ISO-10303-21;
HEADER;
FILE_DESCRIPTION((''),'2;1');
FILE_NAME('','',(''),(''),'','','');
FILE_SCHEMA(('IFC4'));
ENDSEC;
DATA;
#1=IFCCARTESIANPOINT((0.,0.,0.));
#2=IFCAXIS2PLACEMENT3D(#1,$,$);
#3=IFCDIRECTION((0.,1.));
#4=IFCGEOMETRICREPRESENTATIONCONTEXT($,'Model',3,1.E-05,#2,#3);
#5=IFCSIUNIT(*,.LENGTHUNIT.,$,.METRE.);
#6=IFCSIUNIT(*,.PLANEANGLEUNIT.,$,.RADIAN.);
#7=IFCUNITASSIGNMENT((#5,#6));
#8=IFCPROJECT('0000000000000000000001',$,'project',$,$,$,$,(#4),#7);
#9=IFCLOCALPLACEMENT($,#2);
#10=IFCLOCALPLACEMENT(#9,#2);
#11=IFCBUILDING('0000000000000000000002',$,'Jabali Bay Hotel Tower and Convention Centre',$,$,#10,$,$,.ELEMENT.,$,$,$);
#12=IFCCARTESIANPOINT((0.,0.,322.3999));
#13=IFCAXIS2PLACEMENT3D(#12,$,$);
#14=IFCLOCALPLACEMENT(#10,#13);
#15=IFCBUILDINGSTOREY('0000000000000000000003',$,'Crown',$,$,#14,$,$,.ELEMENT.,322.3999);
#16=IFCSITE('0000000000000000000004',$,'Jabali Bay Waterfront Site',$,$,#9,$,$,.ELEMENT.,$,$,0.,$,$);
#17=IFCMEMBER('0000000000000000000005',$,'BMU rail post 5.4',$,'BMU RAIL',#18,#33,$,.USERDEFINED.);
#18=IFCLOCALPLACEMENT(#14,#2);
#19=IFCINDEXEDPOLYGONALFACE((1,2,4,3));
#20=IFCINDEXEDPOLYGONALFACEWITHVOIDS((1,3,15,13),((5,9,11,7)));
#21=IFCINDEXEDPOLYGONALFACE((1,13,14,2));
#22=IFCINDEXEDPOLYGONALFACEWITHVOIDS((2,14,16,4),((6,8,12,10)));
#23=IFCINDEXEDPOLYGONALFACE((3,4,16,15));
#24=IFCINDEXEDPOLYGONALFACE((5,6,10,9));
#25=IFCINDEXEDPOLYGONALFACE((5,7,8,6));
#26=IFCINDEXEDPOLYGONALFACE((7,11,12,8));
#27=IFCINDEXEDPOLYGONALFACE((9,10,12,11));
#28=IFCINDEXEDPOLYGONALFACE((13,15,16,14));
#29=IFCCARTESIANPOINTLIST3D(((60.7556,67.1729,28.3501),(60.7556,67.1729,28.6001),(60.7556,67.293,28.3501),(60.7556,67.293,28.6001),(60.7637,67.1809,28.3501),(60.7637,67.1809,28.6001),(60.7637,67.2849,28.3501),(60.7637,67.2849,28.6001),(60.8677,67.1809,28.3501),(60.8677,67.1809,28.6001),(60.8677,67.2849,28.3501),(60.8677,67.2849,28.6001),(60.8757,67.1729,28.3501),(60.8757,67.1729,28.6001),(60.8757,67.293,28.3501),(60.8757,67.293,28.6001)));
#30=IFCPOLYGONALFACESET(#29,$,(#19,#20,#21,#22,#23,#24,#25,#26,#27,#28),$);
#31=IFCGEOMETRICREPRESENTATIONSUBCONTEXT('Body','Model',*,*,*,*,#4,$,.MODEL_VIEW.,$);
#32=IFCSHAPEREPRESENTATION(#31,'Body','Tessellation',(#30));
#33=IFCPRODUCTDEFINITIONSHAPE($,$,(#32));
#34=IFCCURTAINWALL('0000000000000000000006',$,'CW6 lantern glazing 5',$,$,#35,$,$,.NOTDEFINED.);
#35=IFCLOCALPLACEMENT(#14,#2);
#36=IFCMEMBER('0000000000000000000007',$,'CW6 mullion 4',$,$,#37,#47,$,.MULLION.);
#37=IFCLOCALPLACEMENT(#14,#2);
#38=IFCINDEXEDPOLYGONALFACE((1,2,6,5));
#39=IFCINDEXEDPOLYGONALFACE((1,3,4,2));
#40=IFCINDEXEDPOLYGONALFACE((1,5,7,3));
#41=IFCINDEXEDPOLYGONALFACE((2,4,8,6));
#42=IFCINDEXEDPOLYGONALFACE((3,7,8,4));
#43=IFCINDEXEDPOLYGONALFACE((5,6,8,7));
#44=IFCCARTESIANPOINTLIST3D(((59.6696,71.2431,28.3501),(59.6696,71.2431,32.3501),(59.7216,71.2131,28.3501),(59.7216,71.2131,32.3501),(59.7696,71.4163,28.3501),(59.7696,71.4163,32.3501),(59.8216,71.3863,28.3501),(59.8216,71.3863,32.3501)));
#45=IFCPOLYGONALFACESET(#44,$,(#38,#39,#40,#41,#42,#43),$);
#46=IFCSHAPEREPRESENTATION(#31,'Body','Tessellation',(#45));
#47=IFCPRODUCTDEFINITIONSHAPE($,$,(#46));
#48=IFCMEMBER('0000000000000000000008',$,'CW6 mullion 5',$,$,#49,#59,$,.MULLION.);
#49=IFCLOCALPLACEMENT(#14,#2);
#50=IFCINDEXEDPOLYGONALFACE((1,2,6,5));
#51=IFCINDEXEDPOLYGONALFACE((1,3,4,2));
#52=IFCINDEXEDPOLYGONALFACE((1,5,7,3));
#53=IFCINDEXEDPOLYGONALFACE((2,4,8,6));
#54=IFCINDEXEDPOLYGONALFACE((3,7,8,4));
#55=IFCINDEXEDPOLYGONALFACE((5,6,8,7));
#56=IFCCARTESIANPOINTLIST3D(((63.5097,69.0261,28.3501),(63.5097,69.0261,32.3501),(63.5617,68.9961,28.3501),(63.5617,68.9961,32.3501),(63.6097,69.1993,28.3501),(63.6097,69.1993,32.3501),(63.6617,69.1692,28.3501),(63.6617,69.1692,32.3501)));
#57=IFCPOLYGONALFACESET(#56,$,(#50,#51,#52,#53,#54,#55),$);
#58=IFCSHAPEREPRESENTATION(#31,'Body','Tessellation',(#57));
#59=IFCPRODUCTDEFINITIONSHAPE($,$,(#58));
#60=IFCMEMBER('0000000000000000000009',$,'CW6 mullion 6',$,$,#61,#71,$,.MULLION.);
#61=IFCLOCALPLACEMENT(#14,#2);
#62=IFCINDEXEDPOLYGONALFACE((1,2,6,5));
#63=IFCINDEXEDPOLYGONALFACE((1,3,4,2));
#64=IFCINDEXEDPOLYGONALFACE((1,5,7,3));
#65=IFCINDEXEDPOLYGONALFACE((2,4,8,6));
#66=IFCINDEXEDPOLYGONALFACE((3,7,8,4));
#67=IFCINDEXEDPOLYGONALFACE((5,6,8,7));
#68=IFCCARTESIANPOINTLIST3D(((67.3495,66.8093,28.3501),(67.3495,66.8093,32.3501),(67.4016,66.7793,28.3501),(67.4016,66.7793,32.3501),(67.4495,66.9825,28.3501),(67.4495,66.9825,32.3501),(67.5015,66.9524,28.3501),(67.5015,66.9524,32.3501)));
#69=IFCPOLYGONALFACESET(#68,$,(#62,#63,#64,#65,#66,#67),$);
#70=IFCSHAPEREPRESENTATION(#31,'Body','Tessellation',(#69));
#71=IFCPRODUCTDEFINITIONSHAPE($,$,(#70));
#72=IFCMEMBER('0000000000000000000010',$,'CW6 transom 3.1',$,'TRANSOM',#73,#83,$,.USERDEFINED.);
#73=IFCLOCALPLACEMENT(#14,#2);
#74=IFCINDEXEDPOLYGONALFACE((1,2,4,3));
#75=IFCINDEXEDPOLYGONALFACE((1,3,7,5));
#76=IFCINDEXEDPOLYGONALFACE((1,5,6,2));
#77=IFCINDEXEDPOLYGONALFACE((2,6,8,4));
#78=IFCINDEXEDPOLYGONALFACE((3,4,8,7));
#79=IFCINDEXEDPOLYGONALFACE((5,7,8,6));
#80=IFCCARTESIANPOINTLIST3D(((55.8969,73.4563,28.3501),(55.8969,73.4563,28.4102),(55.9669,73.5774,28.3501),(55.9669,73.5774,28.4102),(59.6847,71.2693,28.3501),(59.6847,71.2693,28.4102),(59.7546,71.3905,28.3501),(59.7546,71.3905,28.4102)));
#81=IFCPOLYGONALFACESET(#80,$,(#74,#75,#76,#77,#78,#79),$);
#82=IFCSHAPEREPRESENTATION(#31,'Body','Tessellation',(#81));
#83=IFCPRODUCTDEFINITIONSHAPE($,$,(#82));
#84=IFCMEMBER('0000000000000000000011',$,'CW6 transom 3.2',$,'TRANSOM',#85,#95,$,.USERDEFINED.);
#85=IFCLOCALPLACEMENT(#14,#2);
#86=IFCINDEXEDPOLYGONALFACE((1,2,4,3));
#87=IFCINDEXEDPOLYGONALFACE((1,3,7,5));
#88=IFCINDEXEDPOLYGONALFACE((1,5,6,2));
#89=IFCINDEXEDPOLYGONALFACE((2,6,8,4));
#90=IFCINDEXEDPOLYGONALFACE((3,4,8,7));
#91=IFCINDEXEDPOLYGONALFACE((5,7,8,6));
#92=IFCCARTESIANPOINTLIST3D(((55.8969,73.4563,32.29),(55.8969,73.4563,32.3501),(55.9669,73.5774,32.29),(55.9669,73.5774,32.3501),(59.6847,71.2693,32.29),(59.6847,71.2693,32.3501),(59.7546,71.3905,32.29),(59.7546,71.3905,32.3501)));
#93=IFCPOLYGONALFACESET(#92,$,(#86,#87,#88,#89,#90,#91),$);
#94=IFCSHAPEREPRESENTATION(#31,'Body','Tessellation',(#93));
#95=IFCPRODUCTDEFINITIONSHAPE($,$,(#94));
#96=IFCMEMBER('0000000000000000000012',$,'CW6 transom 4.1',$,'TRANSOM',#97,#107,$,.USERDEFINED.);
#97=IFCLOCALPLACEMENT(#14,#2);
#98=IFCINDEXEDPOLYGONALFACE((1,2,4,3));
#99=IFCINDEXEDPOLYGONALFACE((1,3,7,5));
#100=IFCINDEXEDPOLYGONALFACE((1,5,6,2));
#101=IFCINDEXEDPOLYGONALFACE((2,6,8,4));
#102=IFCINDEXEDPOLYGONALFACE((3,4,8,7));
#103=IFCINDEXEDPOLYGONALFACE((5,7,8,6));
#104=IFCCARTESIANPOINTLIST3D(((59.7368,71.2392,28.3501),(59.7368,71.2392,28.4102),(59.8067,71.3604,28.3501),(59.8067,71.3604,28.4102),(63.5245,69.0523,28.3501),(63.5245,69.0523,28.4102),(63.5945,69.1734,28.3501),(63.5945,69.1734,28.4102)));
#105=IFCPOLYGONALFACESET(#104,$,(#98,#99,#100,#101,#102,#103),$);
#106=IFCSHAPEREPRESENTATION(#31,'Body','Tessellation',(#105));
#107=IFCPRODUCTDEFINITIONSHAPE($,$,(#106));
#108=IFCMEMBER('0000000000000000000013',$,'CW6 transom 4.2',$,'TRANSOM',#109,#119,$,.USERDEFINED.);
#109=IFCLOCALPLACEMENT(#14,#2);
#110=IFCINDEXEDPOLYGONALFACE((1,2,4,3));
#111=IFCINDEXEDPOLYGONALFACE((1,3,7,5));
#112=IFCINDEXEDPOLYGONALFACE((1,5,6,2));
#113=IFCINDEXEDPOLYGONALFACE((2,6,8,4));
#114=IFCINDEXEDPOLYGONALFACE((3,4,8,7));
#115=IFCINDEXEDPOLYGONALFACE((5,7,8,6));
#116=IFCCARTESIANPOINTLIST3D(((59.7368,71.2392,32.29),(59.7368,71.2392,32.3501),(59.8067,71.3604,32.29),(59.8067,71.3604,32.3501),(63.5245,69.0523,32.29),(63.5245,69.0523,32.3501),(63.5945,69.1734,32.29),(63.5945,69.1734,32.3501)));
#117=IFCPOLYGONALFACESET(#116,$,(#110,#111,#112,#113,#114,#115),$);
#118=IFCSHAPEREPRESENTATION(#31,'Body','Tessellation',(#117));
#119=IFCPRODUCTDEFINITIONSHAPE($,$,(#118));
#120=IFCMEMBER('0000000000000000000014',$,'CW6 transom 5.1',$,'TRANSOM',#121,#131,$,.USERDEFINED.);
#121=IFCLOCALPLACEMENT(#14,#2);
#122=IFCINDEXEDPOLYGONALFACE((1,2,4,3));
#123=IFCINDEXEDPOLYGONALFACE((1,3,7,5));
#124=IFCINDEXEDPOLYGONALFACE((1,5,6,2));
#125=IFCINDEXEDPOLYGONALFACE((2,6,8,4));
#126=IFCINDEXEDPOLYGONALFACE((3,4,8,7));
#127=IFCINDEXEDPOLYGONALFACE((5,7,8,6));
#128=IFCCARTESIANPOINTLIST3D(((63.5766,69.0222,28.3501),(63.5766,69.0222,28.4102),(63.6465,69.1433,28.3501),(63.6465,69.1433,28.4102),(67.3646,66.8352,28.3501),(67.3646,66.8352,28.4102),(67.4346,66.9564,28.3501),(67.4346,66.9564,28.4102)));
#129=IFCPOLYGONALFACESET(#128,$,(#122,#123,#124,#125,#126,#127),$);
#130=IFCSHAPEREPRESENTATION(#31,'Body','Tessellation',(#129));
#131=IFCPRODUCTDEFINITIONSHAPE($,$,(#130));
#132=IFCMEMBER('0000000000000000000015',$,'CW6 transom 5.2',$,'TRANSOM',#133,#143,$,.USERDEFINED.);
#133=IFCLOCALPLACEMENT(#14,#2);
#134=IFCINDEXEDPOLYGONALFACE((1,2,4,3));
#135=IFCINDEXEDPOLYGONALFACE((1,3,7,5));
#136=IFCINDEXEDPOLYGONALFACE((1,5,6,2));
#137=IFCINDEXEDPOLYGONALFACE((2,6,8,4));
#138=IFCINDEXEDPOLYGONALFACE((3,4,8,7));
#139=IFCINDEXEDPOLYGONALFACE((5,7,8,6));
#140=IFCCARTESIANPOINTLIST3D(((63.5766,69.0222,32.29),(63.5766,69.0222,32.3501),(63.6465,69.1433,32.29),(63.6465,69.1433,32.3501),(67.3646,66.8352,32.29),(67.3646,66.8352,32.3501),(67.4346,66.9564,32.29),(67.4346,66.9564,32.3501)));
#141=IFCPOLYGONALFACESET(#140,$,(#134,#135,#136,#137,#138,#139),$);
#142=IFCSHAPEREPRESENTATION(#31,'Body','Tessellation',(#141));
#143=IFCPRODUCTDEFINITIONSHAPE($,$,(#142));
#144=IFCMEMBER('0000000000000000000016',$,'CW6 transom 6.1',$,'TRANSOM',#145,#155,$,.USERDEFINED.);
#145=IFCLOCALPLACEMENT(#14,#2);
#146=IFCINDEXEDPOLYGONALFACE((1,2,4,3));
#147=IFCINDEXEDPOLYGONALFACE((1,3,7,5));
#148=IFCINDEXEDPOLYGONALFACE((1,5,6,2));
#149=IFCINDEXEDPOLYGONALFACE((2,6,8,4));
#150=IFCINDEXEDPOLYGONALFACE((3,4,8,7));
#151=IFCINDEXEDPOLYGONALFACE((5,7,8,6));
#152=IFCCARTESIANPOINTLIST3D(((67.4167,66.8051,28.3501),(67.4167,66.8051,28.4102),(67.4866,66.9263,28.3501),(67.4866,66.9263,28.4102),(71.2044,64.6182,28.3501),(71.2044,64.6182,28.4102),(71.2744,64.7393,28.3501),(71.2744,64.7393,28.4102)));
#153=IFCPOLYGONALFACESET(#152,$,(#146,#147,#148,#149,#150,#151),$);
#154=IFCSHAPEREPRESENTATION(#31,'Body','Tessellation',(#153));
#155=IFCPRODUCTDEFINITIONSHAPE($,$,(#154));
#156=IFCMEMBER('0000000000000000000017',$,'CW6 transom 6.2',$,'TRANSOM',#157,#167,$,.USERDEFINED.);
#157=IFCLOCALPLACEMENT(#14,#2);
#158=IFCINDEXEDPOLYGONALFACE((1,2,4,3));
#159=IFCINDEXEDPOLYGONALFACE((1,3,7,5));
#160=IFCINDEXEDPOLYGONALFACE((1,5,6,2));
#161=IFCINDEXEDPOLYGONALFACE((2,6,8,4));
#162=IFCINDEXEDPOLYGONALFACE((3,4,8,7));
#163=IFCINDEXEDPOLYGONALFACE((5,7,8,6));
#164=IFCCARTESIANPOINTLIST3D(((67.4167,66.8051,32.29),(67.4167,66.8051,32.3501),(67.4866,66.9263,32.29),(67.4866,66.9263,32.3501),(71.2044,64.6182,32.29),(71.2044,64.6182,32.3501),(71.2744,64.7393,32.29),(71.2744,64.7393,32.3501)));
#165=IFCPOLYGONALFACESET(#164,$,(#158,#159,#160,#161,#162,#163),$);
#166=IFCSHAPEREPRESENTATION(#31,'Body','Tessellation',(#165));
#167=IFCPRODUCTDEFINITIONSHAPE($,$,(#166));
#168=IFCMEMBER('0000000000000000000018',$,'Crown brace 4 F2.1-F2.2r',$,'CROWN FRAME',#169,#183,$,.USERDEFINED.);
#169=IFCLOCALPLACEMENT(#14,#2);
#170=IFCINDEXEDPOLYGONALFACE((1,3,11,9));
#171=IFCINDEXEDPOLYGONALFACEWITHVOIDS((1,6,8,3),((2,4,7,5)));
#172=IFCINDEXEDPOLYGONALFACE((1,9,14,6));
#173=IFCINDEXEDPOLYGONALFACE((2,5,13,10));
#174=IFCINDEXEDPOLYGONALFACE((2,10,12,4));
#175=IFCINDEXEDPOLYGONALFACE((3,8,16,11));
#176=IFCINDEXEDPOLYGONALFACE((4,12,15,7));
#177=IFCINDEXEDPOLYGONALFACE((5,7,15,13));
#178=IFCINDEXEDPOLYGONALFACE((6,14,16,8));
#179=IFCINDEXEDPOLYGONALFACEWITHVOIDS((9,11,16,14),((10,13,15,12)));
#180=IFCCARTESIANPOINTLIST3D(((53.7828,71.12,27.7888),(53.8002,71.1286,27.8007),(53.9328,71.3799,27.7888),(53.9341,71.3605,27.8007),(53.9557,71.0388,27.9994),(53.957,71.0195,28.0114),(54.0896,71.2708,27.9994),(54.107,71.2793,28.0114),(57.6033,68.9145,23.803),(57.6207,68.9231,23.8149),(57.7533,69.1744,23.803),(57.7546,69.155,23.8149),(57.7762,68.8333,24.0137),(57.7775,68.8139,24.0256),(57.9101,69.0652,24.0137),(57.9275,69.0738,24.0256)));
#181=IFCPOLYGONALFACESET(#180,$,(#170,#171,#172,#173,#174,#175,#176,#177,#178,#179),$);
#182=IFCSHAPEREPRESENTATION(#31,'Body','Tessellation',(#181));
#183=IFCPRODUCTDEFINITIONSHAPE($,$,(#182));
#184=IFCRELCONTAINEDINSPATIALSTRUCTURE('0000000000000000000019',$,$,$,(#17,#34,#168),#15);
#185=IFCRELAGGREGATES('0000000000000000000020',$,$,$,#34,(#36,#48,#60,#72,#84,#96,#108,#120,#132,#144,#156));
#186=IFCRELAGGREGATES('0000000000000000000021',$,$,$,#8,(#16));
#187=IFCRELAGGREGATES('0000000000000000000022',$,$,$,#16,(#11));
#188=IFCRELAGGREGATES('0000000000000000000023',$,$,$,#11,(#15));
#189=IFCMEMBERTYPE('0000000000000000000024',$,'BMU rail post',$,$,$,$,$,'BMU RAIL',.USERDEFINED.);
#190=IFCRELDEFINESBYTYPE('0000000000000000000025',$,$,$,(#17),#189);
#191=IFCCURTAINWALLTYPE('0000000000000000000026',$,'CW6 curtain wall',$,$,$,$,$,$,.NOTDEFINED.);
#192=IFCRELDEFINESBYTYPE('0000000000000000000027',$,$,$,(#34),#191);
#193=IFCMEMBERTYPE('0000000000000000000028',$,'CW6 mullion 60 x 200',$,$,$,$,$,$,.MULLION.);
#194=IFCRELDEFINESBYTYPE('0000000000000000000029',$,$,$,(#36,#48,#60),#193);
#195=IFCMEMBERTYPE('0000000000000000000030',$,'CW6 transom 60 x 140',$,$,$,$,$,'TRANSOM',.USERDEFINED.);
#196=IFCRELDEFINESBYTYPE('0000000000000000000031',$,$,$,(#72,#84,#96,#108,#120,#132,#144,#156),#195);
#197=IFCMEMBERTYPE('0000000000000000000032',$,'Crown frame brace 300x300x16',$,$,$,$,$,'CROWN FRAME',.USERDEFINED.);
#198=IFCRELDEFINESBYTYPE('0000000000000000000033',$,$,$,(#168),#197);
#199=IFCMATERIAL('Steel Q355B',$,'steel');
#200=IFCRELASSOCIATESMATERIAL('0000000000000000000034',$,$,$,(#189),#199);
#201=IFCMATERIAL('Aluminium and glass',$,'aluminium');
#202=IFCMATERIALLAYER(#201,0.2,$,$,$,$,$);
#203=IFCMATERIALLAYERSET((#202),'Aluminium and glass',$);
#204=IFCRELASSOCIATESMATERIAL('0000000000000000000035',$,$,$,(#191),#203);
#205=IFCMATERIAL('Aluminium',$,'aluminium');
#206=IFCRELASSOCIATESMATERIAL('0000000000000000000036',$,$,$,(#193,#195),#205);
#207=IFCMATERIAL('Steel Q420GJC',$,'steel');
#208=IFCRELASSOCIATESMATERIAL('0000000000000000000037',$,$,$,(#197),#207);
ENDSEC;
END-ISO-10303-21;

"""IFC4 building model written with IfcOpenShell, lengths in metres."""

from ifc_helpers import new_model, si_unit, direction, frame, origin, origin_2d, place, context, subcontext, project, spatial, rectangle, hollow_rectangle, extrude, material, layer, layer_set, material_profile, profile_set, type_object, element, aggregate, save


model = new_model("IFC4")

# Units and contexts
model_context = context("Model", 3, precision=1e-05, world=origin(), true_north=direction((0.0, 1.0)))
body_context = subcontext(model_context, "Body", "Model", "MODEL_VIEW")
ifc_project = project(units=[si_unit("LENGTHUNIT", "METRE"), si_unit("PLANEANGLEUNIT", "RADIAN")], contexts=[model_context])

# Site, building, storey
site_placement = place(None, origin())
site = spatial("IfcSite", under=ifc_project, at=site_placement, Name="Jabali Bay Waterfront Site", CompositionType="ELEMENT", RefElevation=0.0)
building_placement = place(site_placement, origin())
building = spatial("IfcBuilding", under=site, at=building_placement, Name="Jabali Bay Hotel Tower and Convention Centre", CompositionType="ELEMENT")
storey_placement = place(building_placement, frame((0.0, 0.0, 322.3999)))
storey = spatial("IfcBuildingStorey", under=building, at=storey_placement, Name="Crown", CompositionType="ELEMENT", Elevation=322.3999)

# Member
ifc_material_1 = material(Name="Steel Q355B", Category="steel")
ifc_material_profile_1 = material_profile(ifc_material_1, hollow_rectangle(XDim=0.1201, YDim=0.1201, WallThickness=0.0081, at=origin_2d()), Name="BMU rail post")
ifc_profile_set_1 = profile_set([ifc_material_profile_1], Name="Steel Q355B")
member_type_1 = type_object("IfcMemberType", Name="BMU rail post", ElementType="BMU RAIL", PredefinedType="USERDEFINED", material=ifc_profile_set_1)
member_1_placement = place(storey_placement, frame((60.8157, 67.2329, 28.3501), z_axis=(0.0, 0.0, 1.0), x_axis=(1.0, 0.0, 0.0)))
element("IfcMember", 1, at=member_1_placement, inside=storey, type_object=member_type_1, Name="BMU rail post 5.4", ObjectType="BMU RAIL", PredefinedType="USERDEFINED", context=body_context, shape_type="SweptSolid", body=[
    extrude(hollow_rectangle(XDim=0.1201, YDim=0.1201, WallThickness=0.0081, at=origin_2d()), origin(), (0.0, 0.0, 1.0), 0.25),
])

# Curtain wall, members
ifc_material_2 = material(Name="Aluminium and glass", Category="aluminium")
ifc_layer_1 = layer(ifc_material_2, 0.2)
ifc_layer_set_1 = layer_set([ifc_layer_1], Name="Aluminium and glass")
curtain_wall_type = type_object("IfcCurtainWallType", Name="CW6 curtain wall", PredefinedType="NOTDEFINED", material=ifc_layer_set_1)
curtain_wall_placement = place(storey_placement, origin())
curtain_wall = element("IfcCurtainWall", 2, at=curtain_wall_placement, inside=storey, type_object=curtain_wall_type, Name="CW6 lantern glazing 5", PredefinedType="NOTDEFINED")
ifc_material_3 = material(Name="Aluminium", Category="aluminium")
ifc_material_profile_2 = material_profile(ifc_material_3, rectangle(XDim=0.2, YDim=0.0601, at=origin_2d()), Name="CW6 mullion 60 x 200")
ifc_profile_set_2 = profile_set([ifc_material_profile_2], Name="Aluminium")
member_type_2 = type_object("IfcMemberType", Name="CW6 mullion 60 x 200", PredefinedType="MULLION", material=ifc_profile_set_2)
member_2_placement = place(storey_placement, frame((59.7456, 71.3147, 28.3501), z_axis=(0.0, 0.0, 1.0), x_axis=(0.5, 0.866025, 0.0)))
member_2 = element("IfcMember", 3, at=member_2_placement, type_object=member_type_2, Name="CW6 mullion 4", PredefinedType="MULLION", context=body_context, shape_type="SweptSolid", body=[
    extrude(rectangle(XDim=0.2, YDim=0.0601, at=origin_2d()), origin(), (0.0, 0.0, 1.0), 4.0),
])
member_3_placement = place(storey_placement, frame((63.5857, 69.0977, 28.3501), z_axis=(0.0, 0.0, 1.0), x_axis=(0.5, 0.866025, 0.0)))
member_3 = element("IfcMember", 4, at=member_3_placement, type_object=member_type_2, Name="CW6 mullion 5", PredefinedType="MULLION", context=body_context, shape_type="SweptSolid", body=[
    extrude(rectangle(XDim=0.2, YDim=0.0601, at=origin_2d()), origin(), (0.0, 0.0, 1.0), 4.0),
])
member_4_placement = place(storey_placement, frame((67.4255, 66.8809, 28.3501), z_axis=(0.0, 0.0, 1.0), x_axis=(0.5, 0.866025, 0.0)))
member_4 = element("IfcMember", 5, at=member_4_placement, type_object=member_type_2, Name="CW6 mullion 6", PredefinedType="MULLION", context=body_context, shape_type="SweptSolid", body=[
    extrude(rectangle(XDim=0.2, YDim=0.0601, at=origin_2d()), origin(), (0.0, 0.0, 1.0), 4.0),
])
ifc_material_profile_3 = material_profile(ifc_material_3, rectangle(XDim=0.1399, YDim=0.0601, at=origin_2d()), Name="CW6 transom 60 x 140")
ifc_profile_set_3 = profile_set([ifc_material_profile_3], Name="Aluminium")
member_type_3 = type_object("IfcMemberType", Name="CW6 transom 60 x 140", ElementType="TRANSOM", PredefinedType="USERDEFINED", material=ifc_profile_set_3)
member_5_placement = place(storey_placement, frame((55.9319, 73.5168, 28.3801), z_axis=(0.866015, -0.500017, 0.0), x_axis=(0.500017, 0.866015, 0.0)))
member_5 = element("IfcMember", 6, at=member_5_placement, type_object=member_type_3, Name="CW6 transom 3.1", ObjectType="TRANSOM", PredefinedType="USERDEFINED", context=body_context, shape_type="SweptSolid", body=[
    extrude(rectangle(XDim=0.1399, YDim=0.0601, at=origin_2d()), origin(), (0.0, 0.0, 1.0), 4.3738),
])
member_6_placement = place(storey_placement, frame((55.9319, 73.5168, 32.3201), z_axis=(0.866015, -0.500017, 0.0), x_axis=(0.500017, 0.866015, 0.0)))
member_6 = element("IfcMember", 7, at=member_6_placement, type_object=member_type_3, Name="CW6 transom 3.2", ObjectType="TRANSOM", PredefinedType="USERDEFINED", context=body_context, shape_type="SweptSolid", body=[
    extrude(rectangle(XDim=0.1399, YDim=0.0601, at=origin_2d()), origin(), (0.0, 0.0, 1.0), 4.3738),
])
member_7_placement = place(storey_placement, frame((59.7717, 71.2998, 28.3801), z_axis=(0.866015, -0.500017, 0.0), x_axis=(0.500017, 0.866015, 0.0)))
member_7 = element("IfcMember", 8, at=member_7_placement, type_object=member_type_3, Name="CW6 transom 4.1", ObjectType="TRANSOM", PredefinedType="USERDEFINED", context=body_context, shape_type="SweptSolid", body=[
    extrude(rectangle(XDim=0.1399, YDim=0.0601, at=origin_2d()), origin(), (0.0, 0.0, 1.0), 4.3738),
])
member_8_placement = place(storey_placement, frame((59.7717, 71.2998, 32.3201), z_axis=(0.866015, -0.500017, 0.0), x_axis=(0.500017, 0.866015, 0.0)))
member_8 = element("IfcMember", 9, at=member_8_placement, type_object=member_type_3, Name="CW6 transom 4.2", ObjectType="TRANSOM", PredefinedType="USERDEFINED", context=body_context, shape_type="SweptSolid", body=[
    extrude(rectangle(XDim=0.1399, YDim=0.0601, at=origin_2d()), origin(), (0.0, 0.0, 1.0), 4.3738),
])
member_9_placement = place(storey_placement, frame((63.6116, 69.0828, 28.3801), z_axis=(0.866029, -0.499993, 0.0), x_axis=(0.499993, 0.866029, 0.0)))
member_9 = element("IfcMember", 10, at=member_9_placement, type_object=member_type_3, Name="CW6 transom 5.1", ObjectType="TRANSOM", PredefinedType="USERDEFINED", context=body_context, shape_type="SweptSolid", body=[
    extrude(rectangle(XDim=0.1399, YDim=0.0601, at=origin_2d()), origin(), (0.0, 0.0, 1.0), 4.374),
])
member_10_placement = place(storey_placement, frame((63.6116, 69.0828, 32.3201), z_axis=(0.866029, -0.499993, 0.0), x_axis=(0.499993, 0.866029, 0.0)))
member_10 = element("IfcMember", 11, at=member_10_placement, type_object=member_type_3, Name="CW6 transom 5.2", ObjectType="TRANSOM", PredefinedType="USERDEFINED", context=body_context, shape_type="SweptSolid", body=[
    extrude(rectangle(XDim=0.1399, YDim=0.0601, at=origin_2d()), origin(), (0.0, 0.0, 1.0), 4.374),
])
member_11_placement = place(storey_placement, frame((67.4517, 66.8657, 28.3801), z_axis=(0.866015, -0.500017, 0.0), x_axis=(0.500017, 0.866015, 0.0)))
member_11 = element("IfcMember", 12, at=member_11_placement, type_object=member_type_3, Name="CW6 transom 6.1", ObjectType="TRANSOM", PredefinedType="USERDEFINED", context=body_context, shape_type="SweptSolid", body=[
    extrude(rectangle(XDim=0.1399, YDim=0.0601, at=origin_2d()), origin(), (0.0, 0.0, 1.0), 4.3738),
])
member_12_placement = place(storey_placement, frame((67.4517, 66.8657, 32.3201), z_axis=(0.866015, -0.500017, 0.0), x_axis=(0.500017, 0.866015, 0.0)))
member_12 = element("IfcMember", 13, at=member_12_placement, type_object=member_type_3, Name="CW6 transom 6.2", ObjectType="TRANSOM", PredefinedType="USERDEFINED", context=body_context, shape_type="SweptSolid", body=[
    extrude(rectangle(XDim=0.1399, YDim=0.0601, at=origin_2d()), origin(), (0.0, 0.0, 1.0), 4.3738),
])

# Member
ifc_material_4 = material(Name="Steel Q420GJC", Category="steel")
ifc_material_profile_4 = material_profile(ifc_material_4, hollow_rectangle(XDim=0.3, YDim=0.3, WallThickness=0.0161, at=origin_2d()), Name="Crown frame brace 300x300x16")
ifc_profile_set_4 = profile_set([ifc_material_profile_4], Name="Steel Q420GJC")
member_type_4 = type_object("IfcMemberType", Name="Crown frame brace 300x300x16", ElementType="CROWN FRAME", PredefinedType="USERDEFINED", material=ifc_profile_set_4)
member_13_placement = place(storey_placement, frame((57.7654, 68.9941, 23.9143), z_axis=(-0.642604, 0.370969, 0.670404), x_axis=(-0.49996, -0.866048, 0.0)))
element("IfcMember", 14, at=member_13_placement, inside=storey, type_object=member_type_4, Name="Crown brace 4 F2.1-F2.2r", ObjectType="CROWN FRAME", PredefinedType="USERDEFINED", context=body_context, shape_type="SweptSolid", body=[
    extrude(hollow_rectangle(XDim=0.3, YDim=0.3, WallThickness=0.0161, at=origin_2d()), origin(), (0.0, 0.0, 1.0), 5.9453),
])

aggregate(curtain_wall, [member_2, member_3, member_4, member_5, member_6, member_7, member_8, member_9, member_10, member_11, member_12])

save(model, "model.ifc")
